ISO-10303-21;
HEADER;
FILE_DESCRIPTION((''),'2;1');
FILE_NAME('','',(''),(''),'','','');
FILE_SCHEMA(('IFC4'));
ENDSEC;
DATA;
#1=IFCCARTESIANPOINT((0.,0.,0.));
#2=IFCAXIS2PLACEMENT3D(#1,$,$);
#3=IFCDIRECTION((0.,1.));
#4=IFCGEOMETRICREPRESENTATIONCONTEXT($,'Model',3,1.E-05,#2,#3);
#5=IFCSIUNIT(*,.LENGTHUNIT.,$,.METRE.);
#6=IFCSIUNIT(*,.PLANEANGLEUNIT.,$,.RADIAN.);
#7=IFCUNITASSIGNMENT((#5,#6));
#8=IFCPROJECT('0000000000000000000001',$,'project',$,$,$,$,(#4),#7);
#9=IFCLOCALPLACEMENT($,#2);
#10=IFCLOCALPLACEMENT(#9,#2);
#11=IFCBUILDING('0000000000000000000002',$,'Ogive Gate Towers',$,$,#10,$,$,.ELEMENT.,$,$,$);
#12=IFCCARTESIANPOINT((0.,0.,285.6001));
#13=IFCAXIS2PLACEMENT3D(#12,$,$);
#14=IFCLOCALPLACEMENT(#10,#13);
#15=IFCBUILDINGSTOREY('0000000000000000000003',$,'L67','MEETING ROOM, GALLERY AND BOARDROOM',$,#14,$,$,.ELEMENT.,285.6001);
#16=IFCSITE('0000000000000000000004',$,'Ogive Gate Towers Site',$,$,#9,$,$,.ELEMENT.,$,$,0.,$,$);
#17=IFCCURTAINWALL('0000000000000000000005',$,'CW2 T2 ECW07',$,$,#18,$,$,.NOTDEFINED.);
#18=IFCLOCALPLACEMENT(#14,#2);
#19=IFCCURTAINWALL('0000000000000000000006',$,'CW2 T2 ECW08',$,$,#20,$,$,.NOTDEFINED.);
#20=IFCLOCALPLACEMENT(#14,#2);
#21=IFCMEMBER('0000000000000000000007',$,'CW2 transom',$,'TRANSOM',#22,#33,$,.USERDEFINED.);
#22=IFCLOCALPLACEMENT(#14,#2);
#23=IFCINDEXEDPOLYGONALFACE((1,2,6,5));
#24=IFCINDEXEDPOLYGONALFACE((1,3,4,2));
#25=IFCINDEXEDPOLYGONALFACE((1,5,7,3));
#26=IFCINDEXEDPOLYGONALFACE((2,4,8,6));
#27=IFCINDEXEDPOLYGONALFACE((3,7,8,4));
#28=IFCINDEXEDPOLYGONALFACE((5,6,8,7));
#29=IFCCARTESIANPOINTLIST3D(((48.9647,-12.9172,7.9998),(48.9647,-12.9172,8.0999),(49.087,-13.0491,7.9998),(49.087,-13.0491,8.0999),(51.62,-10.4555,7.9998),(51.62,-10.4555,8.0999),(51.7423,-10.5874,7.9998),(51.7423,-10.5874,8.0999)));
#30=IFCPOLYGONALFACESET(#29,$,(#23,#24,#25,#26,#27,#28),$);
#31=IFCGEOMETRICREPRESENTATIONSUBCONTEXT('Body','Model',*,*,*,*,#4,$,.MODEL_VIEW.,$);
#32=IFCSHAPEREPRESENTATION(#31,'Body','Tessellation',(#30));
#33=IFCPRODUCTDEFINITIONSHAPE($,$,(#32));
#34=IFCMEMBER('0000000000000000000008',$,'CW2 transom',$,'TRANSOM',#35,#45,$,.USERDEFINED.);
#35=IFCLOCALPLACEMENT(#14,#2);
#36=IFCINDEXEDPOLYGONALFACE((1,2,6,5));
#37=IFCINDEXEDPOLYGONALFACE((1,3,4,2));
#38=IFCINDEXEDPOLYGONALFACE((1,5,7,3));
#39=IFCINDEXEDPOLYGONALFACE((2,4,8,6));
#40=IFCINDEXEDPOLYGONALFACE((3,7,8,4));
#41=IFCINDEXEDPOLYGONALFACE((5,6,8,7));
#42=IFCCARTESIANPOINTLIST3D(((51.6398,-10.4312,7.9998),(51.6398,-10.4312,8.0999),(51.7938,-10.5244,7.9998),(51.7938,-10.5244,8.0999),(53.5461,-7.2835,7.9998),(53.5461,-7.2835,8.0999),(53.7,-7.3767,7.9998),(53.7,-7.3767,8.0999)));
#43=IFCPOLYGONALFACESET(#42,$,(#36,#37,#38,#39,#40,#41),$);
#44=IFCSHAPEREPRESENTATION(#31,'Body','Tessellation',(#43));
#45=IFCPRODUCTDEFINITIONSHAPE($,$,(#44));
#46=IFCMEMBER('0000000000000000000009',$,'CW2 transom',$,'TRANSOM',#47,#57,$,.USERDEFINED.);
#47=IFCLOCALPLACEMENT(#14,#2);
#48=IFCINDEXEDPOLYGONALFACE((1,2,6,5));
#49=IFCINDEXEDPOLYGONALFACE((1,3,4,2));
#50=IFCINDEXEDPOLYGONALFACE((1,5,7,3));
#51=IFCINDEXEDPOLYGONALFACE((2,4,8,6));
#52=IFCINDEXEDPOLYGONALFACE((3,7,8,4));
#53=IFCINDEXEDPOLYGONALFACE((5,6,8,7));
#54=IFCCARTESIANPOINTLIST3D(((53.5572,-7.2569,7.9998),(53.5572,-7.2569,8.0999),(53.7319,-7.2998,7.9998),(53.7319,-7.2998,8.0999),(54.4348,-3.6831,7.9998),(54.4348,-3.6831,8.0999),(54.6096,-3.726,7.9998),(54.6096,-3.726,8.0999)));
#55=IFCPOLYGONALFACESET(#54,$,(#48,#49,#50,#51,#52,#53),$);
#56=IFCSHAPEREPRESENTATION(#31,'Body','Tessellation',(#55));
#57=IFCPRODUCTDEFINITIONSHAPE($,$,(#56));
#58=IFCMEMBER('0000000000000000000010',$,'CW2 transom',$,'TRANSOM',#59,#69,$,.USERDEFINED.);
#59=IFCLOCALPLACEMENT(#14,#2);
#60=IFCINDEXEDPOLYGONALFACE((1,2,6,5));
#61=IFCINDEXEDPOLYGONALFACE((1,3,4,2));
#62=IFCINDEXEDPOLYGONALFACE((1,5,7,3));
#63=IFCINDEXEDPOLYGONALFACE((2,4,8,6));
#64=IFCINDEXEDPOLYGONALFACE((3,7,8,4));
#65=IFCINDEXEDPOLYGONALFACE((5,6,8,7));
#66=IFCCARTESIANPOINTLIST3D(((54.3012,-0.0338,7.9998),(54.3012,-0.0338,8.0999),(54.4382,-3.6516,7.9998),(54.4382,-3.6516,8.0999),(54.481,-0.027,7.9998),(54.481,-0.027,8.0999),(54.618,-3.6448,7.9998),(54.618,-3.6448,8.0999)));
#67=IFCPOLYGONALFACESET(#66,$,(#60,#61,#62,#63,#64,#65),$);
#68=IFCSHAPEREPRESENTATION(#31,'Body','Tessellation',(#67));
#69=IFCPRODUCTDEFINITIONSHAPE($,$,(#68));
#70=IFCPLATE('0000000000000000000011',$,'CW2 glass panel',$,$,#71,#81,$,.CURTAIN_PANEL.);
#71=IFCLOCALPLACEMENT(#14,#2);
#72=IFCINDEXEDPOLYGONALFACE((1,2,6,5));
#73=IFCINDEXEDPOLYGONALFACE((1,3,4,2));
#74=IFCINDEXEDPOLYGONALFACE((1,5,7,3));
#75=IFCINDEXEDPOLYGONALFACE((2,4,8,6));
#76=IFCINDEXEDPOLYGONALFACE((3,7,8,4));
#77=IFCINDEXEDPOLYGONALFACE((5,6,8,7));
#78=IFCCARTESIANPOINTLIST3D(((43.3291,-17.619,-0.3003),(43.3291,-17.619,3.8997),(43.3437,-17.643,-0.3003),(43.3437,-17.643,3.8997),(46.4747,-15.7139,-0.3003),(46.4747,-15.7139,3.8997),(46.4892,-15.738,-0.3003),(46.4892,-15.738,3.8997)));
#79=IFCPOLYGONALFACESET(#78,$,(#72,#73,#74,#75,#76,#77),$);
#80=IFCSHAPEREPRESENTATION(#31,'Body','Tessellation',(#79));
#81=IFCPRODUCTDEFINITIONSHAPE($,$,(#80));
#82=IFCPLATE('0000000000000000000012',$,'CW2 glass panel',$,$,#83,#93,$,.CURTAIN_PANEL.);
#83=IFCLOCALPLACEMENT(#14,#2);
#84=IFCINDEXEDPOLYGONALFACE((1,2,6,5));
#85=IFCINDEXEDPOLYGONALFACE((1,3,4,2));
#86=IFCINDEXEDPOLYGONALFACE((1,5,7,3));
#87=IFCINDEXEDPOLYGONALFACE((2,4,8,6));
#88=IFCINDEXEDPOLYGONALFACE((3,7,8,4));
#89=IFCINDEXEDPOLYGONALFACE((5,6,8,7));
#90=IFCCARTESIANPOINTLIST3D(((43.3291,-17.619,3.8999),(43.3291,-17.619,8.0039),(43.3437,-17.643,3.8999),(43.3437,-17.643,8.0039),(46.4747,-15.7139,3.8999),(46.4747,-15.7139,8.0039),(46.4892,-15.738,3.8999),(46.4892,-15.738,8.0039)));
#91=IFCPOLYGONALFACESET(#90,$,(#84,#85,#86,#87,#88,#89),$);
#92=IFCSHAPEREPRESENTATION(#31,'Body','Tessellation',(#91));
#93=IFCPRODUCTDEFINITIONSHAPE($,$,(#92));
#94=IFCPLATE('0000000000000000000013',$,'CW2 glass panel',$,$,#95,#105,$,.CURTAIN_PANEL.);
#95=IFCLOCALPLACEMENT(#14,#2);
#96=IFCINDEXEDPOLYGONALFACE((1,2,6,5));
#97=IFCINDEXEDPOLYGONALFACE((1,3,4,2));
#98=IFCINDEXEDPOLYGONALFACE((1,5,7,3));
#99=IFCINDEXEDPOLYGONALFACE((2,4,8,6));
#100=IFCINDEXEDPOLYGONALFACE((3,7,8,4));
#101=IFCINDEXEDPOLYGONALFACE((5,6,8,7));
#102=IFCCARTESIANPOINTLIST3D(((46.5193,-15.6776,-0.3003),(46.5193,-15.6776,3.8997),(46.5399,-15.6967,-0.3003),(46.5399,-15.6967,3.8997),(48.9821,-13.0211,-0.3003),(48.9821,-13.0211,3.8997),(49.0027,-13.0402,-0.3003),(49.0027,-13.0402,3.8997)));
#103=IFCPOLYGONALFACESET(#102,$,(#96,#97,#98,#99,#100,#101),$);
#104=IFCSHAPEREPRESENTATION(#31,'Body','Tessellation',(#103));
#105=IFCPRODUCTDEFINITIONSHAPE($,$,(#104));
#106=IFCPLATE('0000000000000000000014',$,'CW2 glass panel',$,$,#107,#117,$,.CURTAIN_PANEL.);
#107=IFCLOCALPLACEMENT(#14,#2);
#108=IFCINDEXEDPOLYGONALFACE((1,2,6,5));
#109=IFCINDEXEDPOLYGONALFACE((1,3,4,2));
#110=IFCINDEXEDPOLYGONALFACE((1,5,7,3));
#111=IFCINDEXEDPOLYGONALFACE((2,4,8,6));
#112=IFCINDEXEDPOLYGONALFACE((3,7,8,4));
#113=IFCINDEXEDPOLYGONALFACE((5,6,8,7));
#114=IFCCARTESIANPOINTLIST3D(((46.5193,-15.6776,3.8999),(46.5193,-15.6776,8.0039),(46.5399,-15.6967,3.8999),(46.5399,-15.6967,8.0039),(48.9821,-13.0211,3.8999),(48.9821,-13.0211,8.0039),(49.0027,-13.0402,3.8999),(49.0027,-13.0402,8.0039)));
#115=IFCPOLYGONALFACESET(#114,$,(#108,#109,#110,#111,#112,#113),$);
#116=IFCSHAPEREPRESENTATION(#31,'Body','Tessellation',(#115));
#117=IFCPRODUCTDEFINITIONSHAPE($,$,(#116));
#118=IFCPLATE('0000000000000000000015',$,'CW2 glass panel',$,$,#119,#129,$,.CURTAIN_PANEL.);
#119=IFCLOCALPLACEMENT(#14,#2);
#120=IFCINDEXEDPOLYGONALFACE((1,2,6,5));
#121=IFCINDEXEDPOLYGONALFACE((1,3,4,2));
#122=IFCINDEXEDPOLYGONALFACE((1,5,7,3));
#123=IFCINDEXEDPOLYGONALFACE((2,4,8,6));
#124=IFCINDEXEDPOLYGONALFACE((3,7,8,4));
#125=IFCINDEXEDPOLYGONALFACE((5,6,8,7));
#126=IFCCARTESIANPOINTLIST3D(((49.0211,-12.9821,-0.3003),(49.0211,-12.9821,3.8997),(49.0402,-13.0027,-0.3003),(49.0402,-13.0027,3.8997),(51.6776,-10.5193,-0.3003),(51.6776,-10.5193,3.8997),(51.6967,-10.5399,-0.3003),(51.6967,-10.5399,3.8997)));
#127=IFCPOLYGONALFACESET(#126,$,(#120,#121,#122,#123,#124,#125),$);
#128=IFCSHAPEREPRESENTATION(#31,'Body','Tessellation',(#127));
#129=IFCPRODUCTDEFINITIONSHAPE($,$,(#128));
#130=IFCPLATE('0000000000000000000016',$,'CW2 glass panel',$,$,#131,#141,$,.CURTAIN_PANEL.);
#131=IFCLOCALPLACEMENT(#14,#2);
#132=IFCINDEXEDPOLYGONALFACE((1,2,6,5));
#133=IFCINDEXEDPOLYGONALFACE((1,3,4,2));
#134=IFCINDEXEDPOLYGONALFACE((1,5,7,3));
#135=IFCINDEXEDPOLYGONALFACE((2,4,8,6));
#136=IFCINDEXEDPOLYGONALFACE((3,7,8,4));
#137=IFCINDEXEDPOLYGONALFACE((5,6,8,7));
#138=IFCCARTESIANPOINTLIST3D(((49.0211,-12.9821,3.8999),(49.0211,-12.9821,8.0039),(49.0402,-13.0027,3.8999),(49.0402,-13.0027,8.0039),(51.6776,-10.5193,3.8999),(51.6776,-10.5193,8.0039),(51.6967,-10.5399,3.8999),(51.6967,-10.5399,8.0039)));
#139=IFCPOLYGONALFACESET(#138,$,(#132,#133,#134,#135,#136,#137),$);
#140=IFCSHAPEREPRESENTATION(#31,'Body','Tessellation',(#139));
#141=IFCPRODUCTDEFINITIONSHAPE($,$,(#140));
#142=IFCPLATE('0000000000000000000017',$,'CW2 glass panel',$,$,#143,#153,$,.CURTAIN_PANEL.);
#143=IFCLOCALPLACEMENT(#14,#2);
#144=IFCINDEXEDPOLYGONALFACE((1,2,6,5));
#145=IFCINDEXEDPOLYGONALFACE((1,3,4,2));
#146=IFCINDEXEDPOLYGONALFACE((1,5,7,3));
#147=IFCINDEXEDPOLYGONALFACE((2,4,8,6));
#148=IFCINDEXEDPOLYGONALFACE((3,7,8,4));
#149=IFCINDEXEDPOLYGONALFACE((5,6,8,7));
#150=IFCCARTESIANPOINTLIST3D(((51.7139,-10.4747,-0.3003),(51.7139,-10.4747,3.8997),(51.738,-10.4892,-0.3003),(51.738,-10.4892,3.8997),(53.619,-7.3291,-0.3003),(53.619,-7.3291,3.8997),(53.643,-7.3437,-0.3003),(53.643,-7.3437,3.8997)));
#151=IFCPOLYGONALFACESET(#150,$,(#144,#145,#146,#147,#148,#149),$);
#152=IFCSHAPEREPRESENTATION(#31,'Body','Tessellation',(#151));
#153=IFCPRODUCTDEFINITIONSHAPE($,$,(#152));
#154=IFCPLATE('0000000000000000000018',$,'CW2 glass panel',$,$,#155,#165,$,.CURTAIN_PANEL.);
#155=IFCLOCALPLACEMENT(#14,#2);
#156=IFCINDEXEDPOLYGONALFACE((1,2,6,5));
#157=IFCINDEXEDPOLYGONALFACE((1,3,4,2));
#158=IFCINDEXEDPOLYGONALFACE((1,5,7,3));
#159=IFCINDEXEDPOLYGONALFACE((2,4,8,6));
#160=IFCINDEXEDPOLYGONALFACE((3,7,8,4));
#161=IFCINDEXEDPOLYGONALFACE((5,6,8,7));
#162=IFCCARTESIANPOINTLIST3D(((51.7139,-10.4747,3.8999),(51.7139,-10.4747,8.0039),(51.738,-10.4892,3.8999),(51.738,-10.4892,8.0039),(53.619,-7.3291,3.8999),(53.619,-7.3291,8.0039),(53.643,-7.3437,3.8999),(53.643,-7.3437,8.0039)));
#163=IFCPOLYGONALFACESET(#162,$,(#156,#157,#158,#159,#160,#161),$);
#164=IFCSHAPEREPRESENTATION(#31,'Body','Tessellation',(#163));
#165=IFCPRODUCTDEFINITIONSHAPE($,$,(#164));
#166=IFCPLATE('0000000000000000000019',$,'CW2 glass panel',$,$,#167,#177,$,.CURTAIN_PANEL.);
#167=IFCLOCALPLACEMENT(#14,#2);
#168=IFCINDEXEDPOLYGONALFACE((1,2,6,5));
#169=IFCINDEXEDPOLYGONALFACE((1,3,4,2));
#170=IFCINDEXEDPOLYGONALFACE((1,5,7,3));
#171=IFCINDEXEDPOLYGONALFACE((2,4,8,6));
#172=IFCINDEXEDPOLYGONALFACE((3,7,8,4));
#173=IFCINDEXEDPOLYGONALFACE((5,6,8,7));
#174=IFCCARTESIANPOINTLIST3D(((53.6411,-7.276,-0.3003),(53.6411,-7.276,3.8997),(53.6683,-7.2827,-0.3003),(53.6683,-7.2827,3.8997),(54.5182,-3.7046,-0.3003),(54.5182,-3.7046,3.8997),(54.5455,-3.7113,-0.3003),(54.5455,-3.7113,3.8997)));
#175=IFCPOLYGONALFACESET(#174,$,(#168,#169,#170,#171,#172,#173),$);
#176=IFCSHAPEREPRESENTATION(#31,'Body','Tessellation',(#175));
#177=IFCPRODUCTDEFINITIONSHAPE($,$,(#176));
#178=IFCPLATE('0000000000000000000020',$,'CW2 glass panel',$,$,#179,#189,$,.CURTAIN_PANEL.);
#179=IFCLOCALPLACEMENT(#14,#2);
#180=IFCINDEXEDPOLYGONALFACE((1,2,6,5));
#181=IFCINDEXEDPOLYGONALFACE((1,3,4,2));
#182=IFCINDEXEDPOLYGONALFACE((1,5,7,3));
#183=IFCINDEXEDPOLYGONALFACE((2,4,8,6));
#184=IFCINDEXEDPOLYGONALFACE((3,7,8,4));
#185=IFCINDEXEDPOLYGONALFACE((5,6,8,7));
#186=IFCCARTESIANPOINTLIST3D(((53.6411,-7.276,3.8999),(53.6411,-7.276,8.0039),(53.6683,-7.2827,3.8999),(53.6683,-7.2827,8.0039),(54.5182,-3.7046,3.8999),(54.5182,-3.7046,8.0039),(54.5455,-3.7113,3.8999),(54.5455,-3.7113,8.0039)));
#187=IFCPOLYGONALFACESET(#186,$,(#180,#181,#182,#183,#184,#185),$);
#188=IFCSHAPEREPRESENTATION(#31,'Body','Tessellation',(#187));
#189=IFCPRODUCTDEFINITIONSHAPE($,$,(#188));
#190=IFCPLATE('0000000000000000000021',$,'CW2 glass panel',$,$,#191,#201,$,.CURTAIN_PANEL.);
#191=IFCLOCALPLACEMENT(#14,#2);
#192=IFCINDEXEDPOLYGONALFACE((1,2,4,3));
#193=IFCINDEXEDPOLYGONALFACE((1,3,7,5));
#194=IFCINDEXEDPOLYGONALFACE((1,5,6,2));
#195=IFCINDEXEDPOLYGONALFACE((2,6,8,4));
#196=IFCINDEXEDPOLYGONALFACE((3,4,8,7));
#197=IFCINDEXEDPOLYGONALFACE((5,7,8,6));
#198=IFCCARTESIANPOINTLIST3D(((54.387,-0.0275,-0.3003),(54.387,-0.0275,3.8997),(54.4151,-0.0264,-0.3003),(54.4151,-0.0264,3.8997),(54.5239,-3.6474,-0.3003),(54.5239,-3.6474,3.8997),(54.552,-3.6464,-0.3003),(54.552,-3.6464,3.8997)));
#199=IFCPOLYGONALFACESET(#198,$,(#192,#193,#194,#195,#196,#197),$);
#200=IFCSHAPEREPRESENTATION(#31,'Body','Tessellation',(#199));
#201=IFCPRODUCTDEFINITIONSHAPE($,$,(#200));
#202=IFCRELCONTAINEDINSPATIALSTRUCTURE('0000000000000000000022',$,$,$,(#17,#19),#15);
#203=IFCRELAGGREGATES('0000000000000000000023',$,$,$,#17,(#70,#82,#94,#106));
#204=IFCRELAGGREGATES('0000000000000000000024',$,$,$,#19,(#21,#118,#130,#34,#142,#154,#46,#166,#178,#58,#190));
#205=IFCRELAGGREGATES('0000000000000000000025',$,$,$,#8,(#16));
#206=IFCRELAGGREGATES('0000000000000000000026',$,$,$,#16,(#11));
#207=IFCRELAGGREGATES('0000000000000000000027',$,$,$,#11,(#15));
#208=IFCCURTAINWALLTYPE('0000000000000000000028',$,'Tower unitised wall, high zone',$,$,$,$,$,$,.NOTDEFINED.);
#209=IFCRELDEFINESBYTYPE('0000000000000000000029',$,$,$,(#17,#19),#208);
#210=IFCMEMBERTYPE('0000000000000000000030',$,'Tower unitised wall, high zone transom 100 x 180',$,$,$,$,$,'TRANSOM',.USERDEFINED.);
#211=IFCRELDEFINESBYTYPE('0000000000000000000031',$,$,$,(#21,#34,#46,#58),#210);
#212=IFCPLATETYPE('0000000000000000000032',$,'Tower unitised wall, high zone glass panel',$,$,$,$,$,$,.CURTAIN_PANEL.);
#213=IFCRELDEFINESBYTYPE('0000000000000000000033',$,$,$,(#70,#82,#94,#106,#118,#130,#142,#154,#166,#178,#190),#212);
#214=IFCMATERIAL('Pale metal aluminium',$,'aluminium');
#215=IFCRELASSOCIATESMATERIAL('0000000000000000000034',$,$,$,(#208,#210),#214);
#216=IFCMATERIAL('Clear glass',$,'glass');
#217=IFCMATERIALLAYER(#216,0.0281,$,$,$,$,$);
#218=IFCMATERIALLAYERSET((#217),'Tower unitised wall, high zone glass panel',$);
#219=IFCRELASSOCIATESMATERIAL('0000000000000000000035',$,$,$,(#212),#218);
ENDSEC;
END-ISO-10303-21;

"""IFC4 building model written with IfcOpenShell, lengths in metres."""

from ifc_helpers import new_model, si_unit, direction, frame, origin, origin_2d, place, context, subcontext, project, spatial, rectangle, extrude, material, layer, layer_set, material_profile, profile_set, type_object, element, aggregate, save


model = new_model("IFC4")

# Units and contexts
model_context = context("Model", 3, precision=1e-05, world=origin(), true_north=direction((0.0, 1.0)))
body_context = subcontext(model_context, "Body", "Model", "MODEL_VIEW")
ifc_project = project(units=[si_unit("LENGTHUNIT", "METRE"), si_unit("PLANEANGLEUNIT", "RADIAN")], contexts=[model_context])

# Site, building, storey
site_placement = place(None, origin())
site = spatial("IfcSite", under=ifc_project, at=site_placement, Name="Ogive Gate Towers Site", CompositionType="ELEMENT", RefElevation=0.0)
building_placement = place(site_placement, origin())
building = spatial("IfcBuilding", under=site, at=building_placement, Name="Ogive Gate Towers", CompositionType="ELEMENT")
storey_placement = place(building_placement, frame((0.0, 0.0, 285.6001)))
storey = spatial("IfcBuildingStorey", under=building, at=storey_placement, Name="L67", Description="MEETING ROOM, GALLERY AND BOARDROOM", CompositionType="ELEMENT", Elevation=285.6001)

# Curtain walls
ifc_material_1 = material(Name="Pale metal aluminium", Category="aluminium")
curtain_wall_type = type_object("IfcCurtainWallType", Name="Tower unitised wall, high zone", PredefinedType="NOTDEFINED", material=ifc_material_1)
curtain_wall_1_placement = place(storey_placement, origin())
curtain_wall_1 = element("IfcCurtainWall", 1, at=curtain_wall_1_placement, inside=storey, type_object=curtain_wall_type, Name="CW2 T2 ECW07", PredefinedType="NOTDEFINED")
curtain_wall_2_placement = place(storey_placement, origin())
curtain_wall_2 = element("IfcCurtainWall", 2, at=curtain_wall_2_placement, inside=storey, type_object=curtain_wall_type, Name="CW2 T2 ECW08", PredefinedType="NOTDEFINED")

# Members
ifc_material_profile_1 = material_profile(ifc_material_1, rectangle(XDim=0.1799, YDim=0.1001, at=origin_2d()), Name="100 x 180 aluminium box")
ifc_profile_set_1 = profile_set([ifc_material_profile_1], Name="Pale metal aluminium")
member_type_1 = type_object("IfcMemberType", Name="Tower unitised wall, high zone transom 100 x 180", ElementType="TRANSOM", PredefinedType="USERDEFINED", material=ifc_profile_set_1)
member_1_placement = place(storey_placement, frame((49.0259, -12.9832, 8.0498), z_axis=(0.733336, 0.679866, 0.0), x_axis=(-0.679866, 0.733336, 0.0)))
member_1 = element("IfcMember", 3, at=member_1_placement, type_object=member_type_1, Name="CW2 transom", ObjectType="TRANSOM", PredefinedType="USERDEFINED", context=body_context, shape_type="SweptSolid", body=[
    extrude(rectangle(XDim=0.1799, YDim=0.1001, at=origin_2d()), origin(), (0.0, 0.0, 1.0), 3.6208),
])
member_2_placement = place(storey_placement, frame((51.7168, -10.4778, 8.0498), z_axis=(0.518013, 0.855372, 0.0), x_axis=(-0.855372, 0.518013, 0.0)))
member_2 = element("IfcMember", 4, at=member_2_placement, type_object=member_type_1, Name="CW2 transom", ObjectType="TRANSOM", PredefinedType="USERDEFINED", context=body_context, shape_type="SweptSolid", body=[
    extrude(rectangle(XDim=0.1799, YDim=0.1001, at=origin_2d()), origin(), (0.0, 0.0, 1.0), 3.6799),
])
member_3_placement = place(storey_placement, frame((53.6445, -7.2783, 8.0498), z_axis=(0.238506, 0.971141, 0.0), x_axis=(-0.971141, 0.238506, 0.0)))
member_3 = element("IfcMember", 5, at=member_3_placement, type_object=member_type_1, Name="CW2 transom", ObjectType="TRANSOM", PredefinedType="USERDEFINED", context=body_context, shape_type="SweptSolid", body=[
    extrude(rectangle(XDim=0.1799, YDim=0.1001, at=origin_2d()), origin(), (0.0, 0.0, 1.0), 3.6799),
])
member_4_placement = place(storey_placement, frame((54.5281, -3.6482, 8.0498), z_axis=(-0.037832, 0.999284, 0.0), x_axis=(-0.999284, -0.037832, 0.0)))
member_4 = element("IfcMember", 6, at=member_4_placement, type_object=member_type_1, Name="CW2 transom", ObjectType="TRANSOM", PredefinedType="USERDEFINED", context=body_context, shape_type="SweptSolid", body=[
    extrude(rectangle(XDim=0.1799, YDim=0.1001, at=origin_2d()), origin(), (0.0, 0.0, 1.0), 3.6204),
])

# Plates
ifc_material_2 = material(Name="Clear glass", Category="glass")
ifc_layer_1 = layer(ifc_material_2, 0.0281)
ifc_layer_set_1 = layer_set([ifc_layer_1], Name="Tower unitised wall, high zone glass panel")
plate_type = type_object("IfcPlateType", Name="Tower unitised wall, high zone glass panel", PredefinedType="CURTAIN_PANEL", material=ifc_layer_set_1)
plate_1_placement = place(storey_placement, frame((44.9092, -16.6785, -0.3003), z_axis=(0.0, 0.0, 1.0), x_axis=(0.855364, 0.518027, 0.0)))
plate_1 = element("IfcPlate", 7, at=plate_1_placement, type_object=plate_type, Name="CW2 glass panel", PredefinedType="CURTAIN_PANEL", context=body_context, shape_type="SweptSolid", body=[
    extrude(rectangle(XDim=3.6775, YDim=0.0281, at=origin_2d()), origin(), (0.0, 0.0, 1.0), 4.2),
])
plate_2_placement = place(storey_placement, frame((44.9092, -16.6785, 3.8999), z_axis=(0.0, 0.0, 1.0), x_axis=(0.855364, 0.518027, 0.0)))
plate_2 = element("IfcPlate", 8, at=plate_2_placement, type_object=plate_type, Name="CW2 glass panel", PredefinedType="CURTAIN_PANEL", context=body_context, shape_type="SweptSolid", body=[
    extrude(rectangle(XDim=3.6775, YDim=0.0281, at=origin_2d()), origin(), (0.0, 0.0, 1.0), 4.104),
])
plate_3_placement = place(storey_placement, frame((47.761, -14.3589, -0.3003), z_axis=(0.0, 0.0, 1.0), x_axis=(0.679864, 0.733338, 0.0)))
plate_3 = element("IfcPlate", 9, at=plate_3_placement, type_object=plate_type, Name="CW2 glass panel", PredefinedType="CURTAIN_PANEL", context=body_context, shape_type="SweptSolid", body=[
    extrude(rectangle(XDim=3.6226, YDim=0.0281, at=origin_2d()), origin(), (0.0, 0.0, 1.0), 4.2),
])
plate_4_placement = place(storey_placement, frame((47.761, -14.3589, 3.8999), z_axis=(0.0, 0.0, 1.0), x_axis=(0.679864, 0.733338, 0.0)))
plate_4 = element("IfcPlate", 10, at=plate_4_placement, type_object=plate_type, Name="CW2 glass panel", PredefinedType="CURTAIN_PANEL", context=body_context, shape_type="SweptSolid", body=[
    extrude(rectangle(XDim=3.6226, YDim=0.0281, at=origin_2d()), origin(), (0.0, 0.0, 1.0), 4.104),
])
aggregate(curtain_wall_1, [plate_1, plate_2, plate_3, plate_4])
plate_5_placement = place(storey_placement, frame((50.3589, -11.761, -0.3003), z_axis=(0.0, 0.0, 1.0), x_axis=(0.733338, 0.679864, 0.0)))
plate_5 = element("IfcPlate", 11, at=plate_5_placement, type_object=plate_type, Name="CW2 glass panel", PredefinedType="CURTAIN_PANEL", context=body_context, shape_type="SweptSolid", body=[
    extrude(rectangle(XDim=3.6226, YDim=0.0281, at=origin_2d()), origin(), (0.0, 0.0, 1.0), 4.2),
])
plate_6_placement = place(storey_placement, frame((50.3589, -11.761, 3.8999), z_axis=(0.0, 0.0, 1.0), x_axis=(0.733338, 0.679864, 0.0)))
plate_6 = element("IfcPlate", 12, at=plate_6_placement, type_object=plate_type, Name="CW2 glass panel", PredefinedType="CURTAIN_PANEL", context=body_context, shape_type="SweptSolid", body=[
    extrude(rectangle(XDim=3.6226, YDim=0.0281, at=origin_2d()), origin(), (0.0, 0.0, 1.0), 4.104),
])
plate_7_placement = place(storey_placement, frame((52.6785, -8.9092, -0.3003), z_axis=(0.0, 0.0, 1.0), x_axis=(0.518027, 0.855364, 0.0)))
plate_7 = element("IfcPlate", 13, at=plate_7_placement, type_object=plate_type, Name="CW2 glass panel", PredefinedType="CURTAIN_PANEL", context=body_context, shape_type="SweptSolid", body=[
    extrude(rectangle(XDim=3.6775, YDim=0.0281, at=origin_2d()), origin(), (0.0, 0.0, 1.0), 4.2),
])
plate_8_placement = place(storey_placement, frame((52.6785, -8.9092, 3.8999), z_axis=(0.0, 0.0, 1.0), x_axis=(0.518027, 0.855364, 0.0)))
plate_8 = element("IfcPlate", 14, at=plate_8_placement, type_object=plate_type, Name="CW2 glass panel", PredefinedType="CURTAIN_PANEL", context=body_context, shape_type="SweptSolid", body=[
    extrude(rectangle(XDim=3.6775, YDim=0.0281, at=origin_2d()), origin(), (0.0, 0.0, 1.0), 4.104),
])
plate_9_placement = place(storey_placement, frame((54.0933, -5.4937, -0.3003), z_axis=(0.0, 0.0, 1.0), x_axis=(0.238517, 0.971138, 0.0)))
plate_9 = element("IfcPlate", 15, at=plate_9_placement, type_object=plate_type, Name="CW2 glass panel", PredefinedType="CURTAIN_PANEL", context=body_context, shape_type="SweptSolid", body=[
    extrude(rectangle(XDim=3.6775, YDim=0.0281, at=origin_2d()), origin(), (0.0, 0.0, 1.0), 4.2),
])
plate_10_placement = place(storey_placement, frame((54.0933, -5.4937, 3.8999), z_axis=(0.0, 0.0, 1.0), x_axis=(0.238517, 0.971138, 0.0)))
plate_10 = element("IfcPlate", 16, at=plate_10_placement, type_object=plate_type, Name="CW2 glass panel", PredefinedType="CURTAIN_PANEL", context=body_context, shape_type="SweptSolid", body=[
    extrude(rectangle(XDim=3.6775, YDim=0.0281, at=origin_2d()), origin(), (0.0, 0.0, 1.0), 4.104),
])
plate_11_placement = place(storey_placement, frame((54.4695, -1.8369, -0.3003), z_axis=(0.0, 0.0, 1.0), x_axis=(-0.037795, 0.999286, 0.0)))
plate_11 = element("IfcPlate", 17, at=plate_11_placement, type_object=plate_type, Name="CW2 glass panel", PredefinedType="CURTAIN_PANEL", context=body_context, shape_type="SweptSolid", body=[
    extrude(rectangle(XDim=3.6226, YDim=0.0281, at=origin_2d()), origin(), (0.0, 0.0, 1.0), 4.2),
])
aggregate(curtain_wall_2, [member_1, plate_5, plate_6, member_2, plate_7, plate_8, member_3, plate_9, plate_10, member_4, plate_11])

save(model, "model.ifc")
